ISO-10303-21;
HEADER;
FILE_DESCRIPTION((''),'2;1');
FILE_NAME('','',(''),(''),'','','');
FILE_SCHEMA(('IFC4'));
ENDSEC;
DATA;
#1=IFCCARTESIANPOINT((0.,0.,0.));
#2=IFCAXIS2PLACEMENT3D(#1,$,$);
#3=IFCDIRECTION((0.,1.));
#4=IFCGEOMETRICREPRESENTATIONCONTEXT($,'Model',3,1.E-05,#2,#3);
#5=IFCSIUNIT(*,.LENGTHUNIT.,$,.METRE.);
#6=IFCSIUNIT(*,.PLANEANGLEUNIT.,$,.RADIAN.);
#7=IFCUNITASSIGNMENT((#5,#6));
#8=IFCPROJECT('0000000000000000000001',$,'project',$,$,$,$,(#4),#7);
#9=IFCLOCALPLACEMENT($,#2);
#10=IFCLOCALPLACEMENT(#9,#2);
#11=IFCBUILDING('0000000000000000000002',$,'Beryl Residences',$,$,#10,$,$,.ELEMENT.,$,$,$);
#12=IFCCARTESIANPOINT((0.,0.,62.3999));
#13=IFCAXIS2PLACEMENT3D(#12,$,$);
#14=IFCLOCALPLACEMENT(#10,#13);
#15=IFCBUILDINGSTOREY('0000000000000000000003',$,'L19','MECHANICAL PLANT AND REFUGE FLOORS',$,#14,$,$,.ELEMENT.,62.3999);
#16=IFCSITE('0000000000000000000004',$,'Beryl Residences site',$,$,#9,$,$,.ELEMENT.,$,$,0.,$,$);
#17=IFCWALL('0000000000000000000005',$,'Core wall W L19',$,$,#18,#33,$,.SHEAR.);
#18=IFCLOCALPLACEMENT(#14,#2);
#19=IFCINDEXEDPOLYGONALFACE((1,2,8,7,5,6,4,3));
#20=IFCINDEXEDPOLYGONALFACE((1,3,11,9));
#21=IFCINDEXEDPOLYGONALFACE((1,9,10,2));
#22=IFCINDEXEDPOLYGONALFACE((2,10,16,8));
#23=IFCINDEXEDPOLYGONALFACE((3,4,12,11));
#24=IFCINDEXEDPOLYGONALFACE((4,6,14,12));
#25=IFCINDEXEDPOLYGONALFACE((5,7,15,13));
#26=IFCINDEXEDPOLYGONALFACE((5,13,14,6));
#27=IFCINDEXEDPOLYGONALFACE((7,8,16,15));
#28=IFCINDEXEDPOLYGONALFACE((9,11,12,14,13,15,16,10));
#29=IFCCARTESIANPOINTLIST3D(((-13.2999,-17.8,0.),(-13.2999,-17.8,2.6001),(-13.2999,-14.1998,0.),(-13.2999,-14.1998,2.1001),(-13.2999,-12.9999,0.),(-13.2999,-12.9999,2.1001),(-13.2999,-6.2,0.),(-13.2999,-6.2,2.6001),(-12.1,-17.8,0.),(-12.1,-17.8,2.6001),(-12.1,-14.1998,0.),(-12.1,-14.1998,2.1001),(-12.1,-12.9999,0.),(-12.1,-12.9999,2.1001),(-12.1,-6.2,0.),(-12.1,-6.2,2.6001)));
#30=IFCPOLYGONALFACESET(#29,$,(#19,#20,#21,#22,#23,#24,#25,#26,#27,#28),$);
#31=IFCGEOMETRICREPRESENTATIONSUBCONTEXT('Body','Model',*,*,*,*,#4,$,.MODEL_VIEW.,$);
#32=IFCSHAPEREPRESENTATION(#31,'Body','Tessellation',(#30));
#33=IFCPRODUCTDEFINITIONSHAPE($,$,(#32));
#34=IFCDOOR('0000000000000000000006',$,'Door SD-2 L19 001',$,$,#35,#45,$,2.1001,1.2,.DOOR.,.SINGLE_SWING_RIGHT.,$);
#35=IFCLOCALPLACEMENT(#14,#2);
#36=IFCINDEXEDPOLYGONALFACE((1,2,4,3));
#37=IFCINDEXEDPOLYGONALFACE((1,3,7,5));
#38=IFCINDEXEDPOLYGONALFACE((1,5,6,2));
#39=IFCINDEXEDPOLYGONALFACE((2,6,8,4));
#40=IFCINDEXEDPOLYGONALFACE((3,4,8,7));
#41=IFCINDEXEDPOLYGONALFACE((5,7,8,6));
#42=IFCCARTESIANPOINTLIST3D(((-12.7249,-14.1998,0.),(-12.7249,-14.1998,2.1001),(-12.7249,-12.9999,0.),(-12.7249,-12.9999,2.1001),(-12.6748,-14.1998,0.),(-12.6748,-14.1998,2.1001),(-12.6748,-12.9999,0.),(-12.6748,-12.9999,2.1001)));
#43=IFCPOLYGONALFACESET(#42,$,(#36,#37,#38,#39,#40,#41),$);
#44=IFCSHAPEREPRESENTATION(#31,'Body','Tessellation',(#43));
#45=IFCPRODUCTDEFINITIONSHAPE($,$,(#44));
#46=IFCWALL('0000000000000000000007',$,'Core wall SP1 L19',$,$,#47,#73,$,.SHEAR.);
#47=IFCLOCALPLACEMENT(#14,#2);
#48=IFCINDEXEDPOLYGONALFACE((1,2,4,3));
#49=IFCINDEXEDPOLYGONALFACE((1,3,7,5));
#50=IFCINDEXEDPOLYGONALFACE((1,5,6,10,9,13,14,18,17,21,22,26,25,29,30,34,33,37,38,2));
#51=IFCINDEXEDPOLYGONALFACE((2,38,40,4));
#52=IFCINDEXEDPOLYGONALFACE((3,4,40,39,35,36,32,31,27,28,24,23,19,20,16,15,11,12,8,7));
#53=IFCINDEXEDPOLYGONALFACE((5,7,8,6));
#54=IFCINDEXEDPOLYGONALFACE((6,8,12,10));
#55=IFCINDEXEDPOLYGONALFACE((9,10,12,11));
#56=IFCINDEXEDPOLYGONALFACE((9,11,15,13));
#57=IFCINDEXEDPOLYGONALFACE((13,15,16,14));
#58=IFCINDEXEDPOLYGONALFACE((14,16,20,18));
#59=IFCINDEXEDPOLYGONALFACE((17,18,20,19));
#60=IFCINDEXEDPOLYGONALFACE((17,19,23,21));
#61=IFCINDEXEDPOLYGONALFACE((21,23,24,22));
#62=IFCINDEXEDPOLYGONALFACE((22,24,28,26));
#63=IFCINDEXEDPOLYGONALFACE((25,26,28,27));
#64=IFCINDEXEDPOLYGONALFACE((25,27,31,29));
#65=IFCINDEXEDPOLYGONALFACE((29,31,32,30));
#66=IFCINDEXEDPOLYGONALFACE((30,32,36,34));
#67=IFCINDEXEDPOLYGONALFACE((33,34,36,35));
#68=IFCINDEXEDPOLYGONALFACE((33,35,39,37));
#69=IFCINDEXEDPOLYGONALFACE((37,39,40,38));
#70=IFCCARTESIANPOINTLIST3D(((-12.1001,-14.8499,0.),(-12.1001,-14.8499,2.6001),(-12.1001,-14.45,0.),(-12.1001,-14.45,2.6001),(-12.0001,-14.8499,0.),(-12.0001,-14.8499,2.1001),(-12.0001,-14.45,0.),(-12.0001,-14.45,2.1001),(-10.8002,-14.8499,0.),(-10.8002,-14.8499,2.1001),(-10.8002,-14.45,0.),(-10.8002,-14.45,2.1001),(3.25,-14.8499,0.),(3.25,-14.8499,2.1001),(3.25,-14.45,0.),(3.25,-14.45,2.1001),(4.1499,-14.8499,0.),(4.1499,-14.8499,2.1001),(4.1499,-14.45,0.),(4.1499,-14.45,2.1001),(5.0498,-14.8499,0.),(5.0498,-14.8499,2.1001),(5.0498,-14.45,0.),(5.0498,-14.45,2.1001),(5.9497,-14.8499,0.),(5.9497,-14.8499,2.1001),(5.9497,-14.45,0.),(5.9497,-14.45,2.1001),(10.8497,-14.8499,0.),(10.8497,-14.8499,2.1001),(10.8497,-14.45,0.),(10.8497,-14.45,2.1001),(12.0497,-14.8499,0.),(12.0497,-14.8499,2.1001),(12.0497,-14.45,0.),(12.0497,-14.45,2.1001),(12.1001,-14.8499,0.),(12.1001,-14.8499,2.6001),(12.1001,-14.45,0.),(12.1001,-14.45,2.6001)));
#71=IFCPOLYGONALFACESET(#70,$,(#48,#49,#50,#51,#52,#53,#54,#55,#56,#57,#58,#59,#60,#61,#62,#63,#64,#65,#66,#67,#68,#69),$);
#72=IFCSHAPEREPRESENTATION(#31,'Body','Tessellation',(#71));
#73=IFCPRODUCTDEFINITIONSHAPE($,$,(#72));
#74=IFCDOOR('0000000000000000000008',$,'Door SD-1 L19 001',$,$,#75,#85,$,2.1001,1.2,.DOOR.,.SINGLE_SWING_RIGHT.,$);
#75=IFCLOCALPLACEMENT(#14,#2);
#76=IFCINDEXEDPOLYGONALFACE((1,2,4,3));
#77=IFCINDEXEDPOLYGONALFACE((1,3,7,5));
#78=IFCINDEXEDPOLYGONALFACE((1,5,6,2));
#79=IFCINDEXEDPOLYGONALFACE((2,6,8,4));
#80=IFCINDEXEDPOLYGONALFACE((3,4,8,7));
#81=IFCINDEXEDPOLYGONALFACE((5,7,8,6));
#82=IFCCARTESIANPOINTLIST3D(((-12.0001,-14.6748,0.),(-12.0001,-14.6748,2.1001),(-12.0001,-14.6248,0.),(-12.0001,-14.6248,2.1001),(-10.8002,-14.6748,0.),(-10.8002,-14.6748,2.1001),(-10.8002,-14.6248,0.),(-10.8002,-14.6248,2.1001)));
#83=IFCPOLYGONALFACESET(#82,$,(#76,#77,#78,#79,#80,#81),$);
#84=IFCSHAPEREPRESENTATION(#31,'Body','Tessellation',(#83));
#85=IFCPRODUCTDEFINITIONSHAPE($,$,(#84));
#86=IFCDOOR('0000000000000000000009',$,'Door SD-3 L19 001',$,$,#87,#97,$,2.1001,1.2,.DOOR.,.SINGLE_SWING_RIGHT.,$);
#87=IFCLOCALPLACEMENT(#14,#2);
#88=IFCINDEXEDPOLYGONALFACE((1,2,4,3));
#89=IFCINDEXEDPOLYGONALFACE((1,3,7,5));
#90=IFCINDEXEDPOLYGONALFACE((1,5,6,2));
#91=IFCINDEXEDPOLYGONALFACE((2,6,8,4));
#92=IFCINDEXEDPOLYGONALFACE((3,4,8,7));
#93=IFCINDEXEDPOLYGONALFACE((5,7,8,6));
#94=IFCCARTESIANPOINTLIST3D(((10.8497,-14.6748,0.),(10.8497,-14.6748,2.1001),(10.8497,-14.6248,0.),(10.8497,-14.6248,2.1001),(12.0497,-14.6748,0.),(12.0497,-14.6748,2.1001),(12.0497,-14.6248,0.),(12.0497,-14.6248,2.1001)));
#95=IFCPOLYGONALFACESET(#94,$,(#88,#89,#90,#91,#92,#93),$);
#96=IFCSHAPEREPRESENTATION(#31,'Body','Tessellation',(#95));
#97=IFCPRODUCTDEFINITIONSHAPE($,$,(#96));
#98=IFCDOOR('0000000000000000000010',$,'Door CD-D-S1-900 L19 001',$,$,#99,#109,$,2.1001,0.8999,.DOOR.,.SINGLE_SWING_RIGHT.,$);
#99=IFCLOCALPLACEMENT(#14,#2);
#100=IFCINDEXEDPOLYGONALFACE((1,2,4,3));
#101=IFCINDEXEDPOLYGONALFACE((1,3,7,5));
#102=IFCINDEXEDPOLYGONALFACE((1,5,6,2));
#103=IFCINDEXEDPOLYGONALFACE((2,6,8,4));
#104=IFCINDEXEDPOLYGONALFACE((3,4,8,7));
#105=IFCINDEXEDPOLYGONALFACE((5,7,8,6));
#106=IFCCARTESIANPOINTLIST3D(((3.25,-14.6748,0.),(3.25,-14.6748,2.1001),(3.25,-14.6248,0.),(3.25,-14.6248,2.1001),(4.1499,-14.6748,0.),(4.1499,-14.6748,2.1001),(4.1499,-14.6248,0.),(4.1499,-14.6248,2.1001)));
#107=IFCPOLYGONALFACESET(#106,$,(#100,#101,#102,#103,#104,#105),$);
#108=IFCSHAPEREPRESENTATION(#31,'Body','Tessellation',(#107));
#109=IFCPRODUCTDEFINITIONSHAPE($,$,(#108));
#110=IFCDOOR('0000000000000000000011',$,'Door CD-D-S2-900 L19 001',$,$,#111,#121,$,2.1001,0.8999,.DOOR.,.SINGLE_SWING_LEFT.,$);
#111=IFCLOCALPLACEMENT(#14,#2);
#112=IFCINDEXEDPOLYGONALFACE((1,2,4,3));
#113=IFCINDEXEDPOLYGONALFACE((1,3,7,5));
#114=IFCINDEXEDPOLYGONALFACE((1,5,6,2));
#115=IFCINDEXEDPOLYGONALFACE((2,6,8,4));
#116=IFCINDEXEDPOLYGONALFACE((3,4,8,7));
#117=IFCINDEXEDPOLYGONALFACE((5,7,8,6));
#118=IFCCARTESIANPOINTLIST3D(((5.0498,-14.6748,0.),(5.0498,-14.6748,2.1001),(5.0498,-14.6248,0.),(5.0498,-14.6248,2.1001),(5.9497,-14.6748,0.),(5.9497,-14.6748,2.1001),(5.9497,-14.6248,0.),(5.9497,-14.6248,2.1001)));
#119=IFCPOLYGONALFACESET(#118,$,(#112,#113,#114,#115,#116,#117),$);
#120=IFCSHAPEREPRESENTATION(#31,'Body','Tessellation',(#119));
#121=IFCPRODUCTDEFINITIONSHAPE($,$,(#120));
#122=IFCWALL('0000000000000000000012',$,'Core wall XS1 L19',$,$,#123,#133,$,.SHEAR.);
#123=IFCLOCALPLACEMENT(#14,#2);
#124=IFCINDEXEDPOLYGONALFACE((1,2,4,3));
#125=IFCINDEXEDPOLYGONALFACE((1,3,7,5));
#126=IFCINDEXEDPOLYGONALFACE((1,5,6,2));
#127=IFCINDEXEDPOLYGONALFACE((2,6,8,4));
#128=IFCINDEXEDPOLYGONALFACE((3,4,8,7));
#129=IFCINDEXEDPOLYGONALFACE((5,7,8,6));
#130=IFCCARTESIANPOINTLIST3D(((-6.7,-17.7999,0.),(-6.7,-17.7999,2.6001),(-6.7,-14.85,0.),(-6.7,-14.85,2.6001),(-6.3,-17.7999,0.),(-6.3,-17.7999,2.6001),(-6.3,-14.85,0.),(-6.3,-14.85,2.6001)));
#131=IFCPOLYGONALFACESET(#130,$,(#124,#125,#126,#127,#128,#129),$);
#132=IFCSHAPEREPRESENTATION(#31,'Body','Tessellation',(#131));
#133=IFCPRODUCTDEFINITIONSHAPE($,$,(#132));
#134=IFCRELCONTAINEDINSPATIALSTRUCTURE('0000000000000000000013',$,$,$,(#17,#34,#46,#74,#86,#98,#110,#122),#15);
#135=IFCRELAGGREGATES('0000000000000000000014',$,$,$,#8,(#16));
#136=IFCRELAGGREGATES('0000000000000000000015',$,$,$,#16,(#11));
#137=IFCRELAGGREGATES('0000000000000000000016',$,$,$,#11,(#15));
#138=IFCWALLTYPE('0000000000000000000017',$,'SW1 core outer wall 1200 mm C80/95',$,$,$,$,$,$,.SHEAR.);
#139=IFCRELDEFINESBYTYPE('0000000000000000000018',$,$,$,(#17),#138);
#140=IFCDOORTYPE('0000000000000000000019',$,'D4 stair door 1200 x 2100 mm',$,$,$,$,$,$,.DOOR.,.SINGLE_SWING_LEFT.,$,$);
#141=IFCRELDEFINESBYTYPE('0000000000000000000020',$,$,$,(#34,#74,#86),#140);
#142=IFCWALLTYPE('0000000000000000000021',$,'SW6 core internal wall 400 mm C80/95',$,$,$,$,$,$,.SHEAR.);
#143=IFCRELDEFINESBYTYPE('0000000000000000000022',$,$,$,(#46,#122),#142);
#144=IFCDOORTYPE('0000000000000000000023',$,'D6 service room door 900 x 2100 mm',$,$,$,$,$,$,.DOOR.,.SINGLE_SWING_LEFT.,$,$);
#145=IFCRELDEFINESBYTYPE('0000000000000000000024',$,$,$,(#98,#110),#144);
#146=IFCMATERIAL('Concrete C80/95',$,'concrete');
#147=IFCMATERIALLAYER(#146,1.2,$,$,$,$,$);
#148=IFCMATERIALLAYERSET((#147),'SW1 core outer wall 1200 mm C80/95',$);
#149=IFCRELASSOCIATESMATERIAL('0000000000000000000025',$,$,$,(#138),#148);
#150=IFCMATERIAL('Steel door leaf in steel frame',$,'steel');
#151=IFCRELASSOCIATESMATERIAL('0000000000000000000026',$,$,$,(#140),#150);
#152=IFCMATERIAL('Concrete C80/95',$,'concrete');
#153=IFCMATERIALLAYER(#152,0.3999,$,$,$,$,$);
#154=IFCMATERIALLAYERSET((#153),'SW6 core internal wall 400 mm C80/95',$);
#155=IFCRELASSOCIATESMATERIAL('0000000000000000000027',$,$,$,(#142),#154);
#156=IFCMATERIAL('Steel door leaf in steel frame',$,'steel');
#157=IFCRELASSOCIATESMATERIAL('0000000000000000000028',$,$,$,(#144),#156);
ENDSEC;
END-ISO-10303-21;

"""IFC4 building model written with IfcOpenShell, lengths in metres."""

from ifc_helpers import new_model, si_unit, direction, frame, frame_2d, origin, place, context, subcontext, project, spatial, rectangle, extrude, material, layer, layer_set, type_object, element, fill, save


model = new_model("IFC4")

# Units and contexts
model_context = context("Model", 3, precision=1e-05, world=origin(), true_north=direction((0.0, 1.0)))
body_context = subcontext(model_context, "Body", "Model", "MODEL_VIEW")
ifc_project = project(units=[si_unit("LENGTHUNIT", "METRE"), si_unit("PLANEANGLEUNIT", "RADIAN")], contexts=[model_context])

# Site, building, storey
site_placement = place(None, origin())
site = spatial("IfcSite", under=ifc_project, at=site_placement, Name="Beryl Residences site", CompositionType="ELEMENT", RefElevation=0.0)
building_placement = place(site_placement, origin())
building = spatial("IfcBuilding", under=site, at=building_placement, Name="Beryl Residences", CompositionType="ELEMENT")
storey_placement = place(building_placement, frame((0.0, 0.0, 62.3999)))
storey = spatial("IfcBuildingStorey", under=building, at=storey_placement, Name="L19", Description="MECHANICAL PLANT AND REFUGE FLOORS", CompositionType="ELEMENT", Elevation=62.3999)

# Shared definitions
ifc_material_1 = material(Name="Concrete C80/95", Category="concrete")
ifc_layer_1 = layer(ifc_material_1, 1.2)
ifc_layer_set_1 = layer_set([ifc_layer_1], Name="SW1 core outer wall 1200 mm C80/95")
wall_type_1 = type_object("IfcWallType", Name="SW1 core outer wall 1200 mm C80/95", PredefinedType="SHEAR", material=ifc_layer_set_1)

# Wall, opening, door
wall_1_placement = place(storey_placement, frame((-12.7, -17.8, 0.0), z_axis=(0.0, 0.0, 1.0), x_axis=(0.0, 1.0, 0.0)))
wall_1 = element("IfcWall", 1, at=wall_1_placement, inside=storey, type_object=wall_type_1, Name="Core wall W L19", PredefinedType="SHEAR", context=body_context, shape_type="SweptSolid", body=[
    extrude(rectangle(XDim=11.6001, YDim=1.2, at=frame_2d((5.8, 0.0))), origin(), (0.0, 0.0, 1.0), 2.6001),
])
opening_1_placement = place(wall_1_placement, frame((3.6001, 0.0, 0.0)))
opening_1 = element("IfcOpeningElement", 2, at=opening_1_placement, cuts=wall_1, PredefinedType="OPENING", context=body_context, shape_type="SweptSolid", body=[
    extrude(rectangle(XDim=1.2, YDim=2.1001, at=frame_2d((0.6001, 1.05))), frame((0.0, 0.6099, 0.0), z_axis=(0.0, -1.0, 0.0), x_axis=(1.0, 0.0, 0.0)), (0.0, 0.0, 1.0), 1.22),
])
ifc_material_2 = material(Name="Steel door leaf in steel frame", Category="steel")
door_type_1 = type_object("IfcDoorType", Name="D4 stair door 1200 x 2100 mm", OperationType="SINGLE_SWING_LEFT", PredefinedType="DOOR", material=ifc_material_2)
door_1_placement = place(opening_1_placement, origin())
door_1 = element("IfcDoor", 3, at=door_1_placement, inside=storey, type_object=door_type_1, Name="Door SD-2 L19 001", OperationType="SINGLE_SWING_RIGHT", OverallHeight=2.1001, OverallWidth=1.2, PredefinedType="DOOR", context=body_context, shape_type="SweptSolid", body=[
    extrude(rectangle(XDim=1.2, YDim=2.1001, at=frame_2d((0.6001, 1.05))), frame((0.0, 0.0249, 0.0), z_axis=(0.0, -1.0, 0.0), x_axis=(1.0, 0.0, 0.0)), (0.0, 0.0, 1.0), 0.05),
])
fill(opening_1, door_1)

# Wall, openings, doors
ifc_material_3 = material(Name="Concrete C80/95", Category="concrete")
ifc_layer_2 = layer(ifc_material_3, 0.3999)
ifc_layer_set_2 = layer_set([ifc_layer_2], Name="SW6 core internal wall 400 mm C80/95")
wall_type_2 = type_object("IfcWallType", Name="SW6 core internal wall 400 mm C80/95", PredefinedType="SHEAR", material=ifc_layer_set_2)
wall_2_placement = place(storey_placement, frame((-12.1001, -14.6499, 0.0), z_axis=(0.0, 0.0, 1.0), x_axis=(1.0, 0.0, 0.0)))
wall_2 = element("IfcWall", 4, at=wall_2_placement, inside=storey, type_object=wall_type_2, Name="Core wall SP1 L19", PredefinedType="SHEAR", context=body_context, shape_type="SweptSolid", body=[
    extrude(rectangle(XDim=24.2002, YDim=0.3999, at=frame_2d((12.1001, 0.0))), origin(), (0.0, 0.0, 1.0), 2.6001),
])
opening_2_placement = place(wall_2_placement, frame((1.3, 0.0, 0.0), z_axis=(0.0, 0.0, 1.0), x_axis=(-1.0, 0.0, 0.0)))
opening_2 = element("IfcOpeningElement", 5, at=opening_2_placement, cuts=wall_2, PredefinedType="OPENING", context=body_context, shape_type="SweptSolid", body=[
    extrude(rectangle(XDim=1.2, YDim=2.1001, at=frame_2d((0.6001, 1.05))), frame((0.0, 0.21, 0.0), z_axis=(0.0, -1.0, 0.0), x_axis=(1.0, 0.0, 0.0)), (0.0, 0.0, 1.0), 0.4199),
])
opening_3_placement = place(wall_2_placement, frame((24.1499, 0.0, 0.0), z_axis=(0.0, 0.0, 1.0), x_axis=(-1.0, 0.0, 0.0)))
opening_3 = element("IfcOpeningElement", 6, at=opening_3_placement, cuts=wall_2, PredefinedType="OPENING", context=body_context, shape_type="SweptSolid", body=[
    extrude(rectangle(XDim=1.2, YDim=2.1001, at=frame_2d((0.6001, 1.05))), frame((0.0, 0.21, 0.0), z_axis=(0.0, -1.0, 0.0), x_axis=(1.0, 0.0, 0.0)), (0.0, 0.0, 1.0), 0.4199),
])
opening_4_placement = place(wall_2_placement, frame((16.25, 0.0, 0.0), z_axis=(0.0, 0.0, 1.0), x_axis=(-1.0, 0.0, 0.0)))
opening_4 = element("IfcOpeningElement", 7, at=opening_4_placement, cuts=wall_2, PredefinedType="OPENING", context=body_context, shape_type="SweptSolid", body=[
    extrude(rectangle(XDim=0.8999, YDim=2.1001, at=frame_2d((0.45, 1.05))), frame((0.0, 0.21, 0.0), z_axis=(0.0, -1.0, 0.0), x_axis=(1.0, 0.0, 0.0)), (0.0, 0.0, 1.0), 0.4199),
])
opening_5_placement = place(wall_2_placement, frame((18.0498, 0.0, 0.0), z_axis=(0.0, 0.0, 1.0), x_axis=(-1.0, 0.0, 0.0)))
opening_5 = element("IfcOpeningElement", 8, at=opening_5_placement, cuts=wall_2, PredefinedType="OPENING", context=body_context, shape_type="SweptSolid", body=[
    extrude(rectangle(XDim=0.8999, YDim=2.1001, at=frame_2d((0.45, 1.05))), frame((0.0, 0.21, 0.0), z_axis=(0.0, -1.0, 0.0), x_axis=(1.0, 0.0, 0.0)), (0.0, 0.0, 1.0), 0.4199),
])
door_2_placement = place(opening_2_placement, origin())
door_2 = element("IfcDoor", 9, at=door_2_placement, inside=storey, type_object=door_type_1, Name="Door SD-1 L19 001", OperationType="SINGLE_SWING_RIGHT", OverallHeight=2.1001, OverallWidth=1.2, PredefinedType="DOOR", context=body_context, shape_type="SweptSolid", body=[
    extrude(rectangle(XDim=1.2, YDim=2.1001, at=frame_2d((0.6001, 1.05))), frame((0.0, 0.0249, 0.0), z_axis=(0.0, -1.0, 0.0), x_axis=(1.0, 0.0, 0.0)), (0.0, 0.0, 1.0), 0.05),
])
fill(opening_2, door_2)
door_3_placement = place(opening_3_placement, origin())
door_3 = element("IfcDoor", 10, at=door_3_placement, inside=storey, type_object=door_type_1, Name="Door SD-3 L19 001", OperationType="SINGLE_SWING_RIGHT", OverallHeight=2.1001, OverallWidth=1.2, PredefinedType="DOOR", context=body_context, shape_type="SweptSolid", body=[
    extrude(rectangle(XDim=1.2, YDim=2.1001, at=frame_2d((0.6001, 1.05))), frame((0.0, 0.0249, 0.0), z_axis=(0.0, -1.0, 0.0), x_axis=(1.0, 0.0, 0.0)), (0.0, 0.0, 1.0), 0.05),
])
fill(opening_3, door_3)
ifc_material_4 = material(Name="Steel door leaf in steel frame", Category="steel")
door_type_2 = type_object("IfcDoorType", Name="D6 service room door 900 x 2100 mm", OperationType="SINGLE_SWING_LEFT", PredefinedType="DOOR", material=ifc_material_4)
door_4_placement = place(opening_4_placement, origin())
door_4 = element("IfcDoor", 11, at=door_4_placement, inside=storey, type_object=door_type_2, Name="Door CD-D-S1-900 L19 001", OperationType="SINGLE_SWING_RIGHT", OverallHeight=2.1001, OverallWidth=0.8999, PredefinedType="DOOR", context=body_context, shape_type="SweptSolid", body=[
    extrude(rectangle(XDim=0.8999, YDim=2.1001, at=frame_2d((0.45, 1.05))), frame((0.0, 0.0249, 0.0), z_axis=(0.0, -1.0, 0.0), x_axis=(1.0, 0.0, 0.0)), (0.0, 0.0, 1.0), 0.05),
])
fill(opening_4, door_4)
door_5_placement = place(opening_5_placement, origin())
door_5 = element("IfcDoor", 12, at=door_5_placement, inside=storey, type_object=door_type_2, Name="Door CD-D-S2-900 L19 001", OperationType="SINGLE_SWING_LEFT", OverallHeight=2.1001, OverallWidth=0.8999, PredefinedType="DOOR", context=body_context, shape_type="SweptSolid", body=[
    extrude(rectangle(XDim=0.8999, YDim=2.1001, at=frame_2d((0.45, 1.05))), frame((0.0, 0.0249, 0.0), z_axis=(0.0, -1.0, 0.0), x_axis=(1.0, 0.0, 0.0)), (0.0, 0.0, 1.0), 0.05),
])
fill(opening_5, door_5)

# Wall
wall_3_placement = place(storey_placement, frame((-6.5, -17.8, 0.0), z_axis=(0.0, 0.0, 1.0), x_axis=(0.0, 1.0, 0.0)))
element("IfcWall", 13, at=wall_3_placement, inside=storey, type_object=wall_type_2, Name="Core wall XS1 L19", PredefinedType="SHEAR", context=body_context, shape_type="SweptSolid", body=[
    extrude(rectangle(XDim=2.95, YDim=0.3999, at=frame_2d((1.4751, 0.0))), origin(), (0.0, 0.0, 1.0), 2.6001),
])

save(model, "model.ifc")
